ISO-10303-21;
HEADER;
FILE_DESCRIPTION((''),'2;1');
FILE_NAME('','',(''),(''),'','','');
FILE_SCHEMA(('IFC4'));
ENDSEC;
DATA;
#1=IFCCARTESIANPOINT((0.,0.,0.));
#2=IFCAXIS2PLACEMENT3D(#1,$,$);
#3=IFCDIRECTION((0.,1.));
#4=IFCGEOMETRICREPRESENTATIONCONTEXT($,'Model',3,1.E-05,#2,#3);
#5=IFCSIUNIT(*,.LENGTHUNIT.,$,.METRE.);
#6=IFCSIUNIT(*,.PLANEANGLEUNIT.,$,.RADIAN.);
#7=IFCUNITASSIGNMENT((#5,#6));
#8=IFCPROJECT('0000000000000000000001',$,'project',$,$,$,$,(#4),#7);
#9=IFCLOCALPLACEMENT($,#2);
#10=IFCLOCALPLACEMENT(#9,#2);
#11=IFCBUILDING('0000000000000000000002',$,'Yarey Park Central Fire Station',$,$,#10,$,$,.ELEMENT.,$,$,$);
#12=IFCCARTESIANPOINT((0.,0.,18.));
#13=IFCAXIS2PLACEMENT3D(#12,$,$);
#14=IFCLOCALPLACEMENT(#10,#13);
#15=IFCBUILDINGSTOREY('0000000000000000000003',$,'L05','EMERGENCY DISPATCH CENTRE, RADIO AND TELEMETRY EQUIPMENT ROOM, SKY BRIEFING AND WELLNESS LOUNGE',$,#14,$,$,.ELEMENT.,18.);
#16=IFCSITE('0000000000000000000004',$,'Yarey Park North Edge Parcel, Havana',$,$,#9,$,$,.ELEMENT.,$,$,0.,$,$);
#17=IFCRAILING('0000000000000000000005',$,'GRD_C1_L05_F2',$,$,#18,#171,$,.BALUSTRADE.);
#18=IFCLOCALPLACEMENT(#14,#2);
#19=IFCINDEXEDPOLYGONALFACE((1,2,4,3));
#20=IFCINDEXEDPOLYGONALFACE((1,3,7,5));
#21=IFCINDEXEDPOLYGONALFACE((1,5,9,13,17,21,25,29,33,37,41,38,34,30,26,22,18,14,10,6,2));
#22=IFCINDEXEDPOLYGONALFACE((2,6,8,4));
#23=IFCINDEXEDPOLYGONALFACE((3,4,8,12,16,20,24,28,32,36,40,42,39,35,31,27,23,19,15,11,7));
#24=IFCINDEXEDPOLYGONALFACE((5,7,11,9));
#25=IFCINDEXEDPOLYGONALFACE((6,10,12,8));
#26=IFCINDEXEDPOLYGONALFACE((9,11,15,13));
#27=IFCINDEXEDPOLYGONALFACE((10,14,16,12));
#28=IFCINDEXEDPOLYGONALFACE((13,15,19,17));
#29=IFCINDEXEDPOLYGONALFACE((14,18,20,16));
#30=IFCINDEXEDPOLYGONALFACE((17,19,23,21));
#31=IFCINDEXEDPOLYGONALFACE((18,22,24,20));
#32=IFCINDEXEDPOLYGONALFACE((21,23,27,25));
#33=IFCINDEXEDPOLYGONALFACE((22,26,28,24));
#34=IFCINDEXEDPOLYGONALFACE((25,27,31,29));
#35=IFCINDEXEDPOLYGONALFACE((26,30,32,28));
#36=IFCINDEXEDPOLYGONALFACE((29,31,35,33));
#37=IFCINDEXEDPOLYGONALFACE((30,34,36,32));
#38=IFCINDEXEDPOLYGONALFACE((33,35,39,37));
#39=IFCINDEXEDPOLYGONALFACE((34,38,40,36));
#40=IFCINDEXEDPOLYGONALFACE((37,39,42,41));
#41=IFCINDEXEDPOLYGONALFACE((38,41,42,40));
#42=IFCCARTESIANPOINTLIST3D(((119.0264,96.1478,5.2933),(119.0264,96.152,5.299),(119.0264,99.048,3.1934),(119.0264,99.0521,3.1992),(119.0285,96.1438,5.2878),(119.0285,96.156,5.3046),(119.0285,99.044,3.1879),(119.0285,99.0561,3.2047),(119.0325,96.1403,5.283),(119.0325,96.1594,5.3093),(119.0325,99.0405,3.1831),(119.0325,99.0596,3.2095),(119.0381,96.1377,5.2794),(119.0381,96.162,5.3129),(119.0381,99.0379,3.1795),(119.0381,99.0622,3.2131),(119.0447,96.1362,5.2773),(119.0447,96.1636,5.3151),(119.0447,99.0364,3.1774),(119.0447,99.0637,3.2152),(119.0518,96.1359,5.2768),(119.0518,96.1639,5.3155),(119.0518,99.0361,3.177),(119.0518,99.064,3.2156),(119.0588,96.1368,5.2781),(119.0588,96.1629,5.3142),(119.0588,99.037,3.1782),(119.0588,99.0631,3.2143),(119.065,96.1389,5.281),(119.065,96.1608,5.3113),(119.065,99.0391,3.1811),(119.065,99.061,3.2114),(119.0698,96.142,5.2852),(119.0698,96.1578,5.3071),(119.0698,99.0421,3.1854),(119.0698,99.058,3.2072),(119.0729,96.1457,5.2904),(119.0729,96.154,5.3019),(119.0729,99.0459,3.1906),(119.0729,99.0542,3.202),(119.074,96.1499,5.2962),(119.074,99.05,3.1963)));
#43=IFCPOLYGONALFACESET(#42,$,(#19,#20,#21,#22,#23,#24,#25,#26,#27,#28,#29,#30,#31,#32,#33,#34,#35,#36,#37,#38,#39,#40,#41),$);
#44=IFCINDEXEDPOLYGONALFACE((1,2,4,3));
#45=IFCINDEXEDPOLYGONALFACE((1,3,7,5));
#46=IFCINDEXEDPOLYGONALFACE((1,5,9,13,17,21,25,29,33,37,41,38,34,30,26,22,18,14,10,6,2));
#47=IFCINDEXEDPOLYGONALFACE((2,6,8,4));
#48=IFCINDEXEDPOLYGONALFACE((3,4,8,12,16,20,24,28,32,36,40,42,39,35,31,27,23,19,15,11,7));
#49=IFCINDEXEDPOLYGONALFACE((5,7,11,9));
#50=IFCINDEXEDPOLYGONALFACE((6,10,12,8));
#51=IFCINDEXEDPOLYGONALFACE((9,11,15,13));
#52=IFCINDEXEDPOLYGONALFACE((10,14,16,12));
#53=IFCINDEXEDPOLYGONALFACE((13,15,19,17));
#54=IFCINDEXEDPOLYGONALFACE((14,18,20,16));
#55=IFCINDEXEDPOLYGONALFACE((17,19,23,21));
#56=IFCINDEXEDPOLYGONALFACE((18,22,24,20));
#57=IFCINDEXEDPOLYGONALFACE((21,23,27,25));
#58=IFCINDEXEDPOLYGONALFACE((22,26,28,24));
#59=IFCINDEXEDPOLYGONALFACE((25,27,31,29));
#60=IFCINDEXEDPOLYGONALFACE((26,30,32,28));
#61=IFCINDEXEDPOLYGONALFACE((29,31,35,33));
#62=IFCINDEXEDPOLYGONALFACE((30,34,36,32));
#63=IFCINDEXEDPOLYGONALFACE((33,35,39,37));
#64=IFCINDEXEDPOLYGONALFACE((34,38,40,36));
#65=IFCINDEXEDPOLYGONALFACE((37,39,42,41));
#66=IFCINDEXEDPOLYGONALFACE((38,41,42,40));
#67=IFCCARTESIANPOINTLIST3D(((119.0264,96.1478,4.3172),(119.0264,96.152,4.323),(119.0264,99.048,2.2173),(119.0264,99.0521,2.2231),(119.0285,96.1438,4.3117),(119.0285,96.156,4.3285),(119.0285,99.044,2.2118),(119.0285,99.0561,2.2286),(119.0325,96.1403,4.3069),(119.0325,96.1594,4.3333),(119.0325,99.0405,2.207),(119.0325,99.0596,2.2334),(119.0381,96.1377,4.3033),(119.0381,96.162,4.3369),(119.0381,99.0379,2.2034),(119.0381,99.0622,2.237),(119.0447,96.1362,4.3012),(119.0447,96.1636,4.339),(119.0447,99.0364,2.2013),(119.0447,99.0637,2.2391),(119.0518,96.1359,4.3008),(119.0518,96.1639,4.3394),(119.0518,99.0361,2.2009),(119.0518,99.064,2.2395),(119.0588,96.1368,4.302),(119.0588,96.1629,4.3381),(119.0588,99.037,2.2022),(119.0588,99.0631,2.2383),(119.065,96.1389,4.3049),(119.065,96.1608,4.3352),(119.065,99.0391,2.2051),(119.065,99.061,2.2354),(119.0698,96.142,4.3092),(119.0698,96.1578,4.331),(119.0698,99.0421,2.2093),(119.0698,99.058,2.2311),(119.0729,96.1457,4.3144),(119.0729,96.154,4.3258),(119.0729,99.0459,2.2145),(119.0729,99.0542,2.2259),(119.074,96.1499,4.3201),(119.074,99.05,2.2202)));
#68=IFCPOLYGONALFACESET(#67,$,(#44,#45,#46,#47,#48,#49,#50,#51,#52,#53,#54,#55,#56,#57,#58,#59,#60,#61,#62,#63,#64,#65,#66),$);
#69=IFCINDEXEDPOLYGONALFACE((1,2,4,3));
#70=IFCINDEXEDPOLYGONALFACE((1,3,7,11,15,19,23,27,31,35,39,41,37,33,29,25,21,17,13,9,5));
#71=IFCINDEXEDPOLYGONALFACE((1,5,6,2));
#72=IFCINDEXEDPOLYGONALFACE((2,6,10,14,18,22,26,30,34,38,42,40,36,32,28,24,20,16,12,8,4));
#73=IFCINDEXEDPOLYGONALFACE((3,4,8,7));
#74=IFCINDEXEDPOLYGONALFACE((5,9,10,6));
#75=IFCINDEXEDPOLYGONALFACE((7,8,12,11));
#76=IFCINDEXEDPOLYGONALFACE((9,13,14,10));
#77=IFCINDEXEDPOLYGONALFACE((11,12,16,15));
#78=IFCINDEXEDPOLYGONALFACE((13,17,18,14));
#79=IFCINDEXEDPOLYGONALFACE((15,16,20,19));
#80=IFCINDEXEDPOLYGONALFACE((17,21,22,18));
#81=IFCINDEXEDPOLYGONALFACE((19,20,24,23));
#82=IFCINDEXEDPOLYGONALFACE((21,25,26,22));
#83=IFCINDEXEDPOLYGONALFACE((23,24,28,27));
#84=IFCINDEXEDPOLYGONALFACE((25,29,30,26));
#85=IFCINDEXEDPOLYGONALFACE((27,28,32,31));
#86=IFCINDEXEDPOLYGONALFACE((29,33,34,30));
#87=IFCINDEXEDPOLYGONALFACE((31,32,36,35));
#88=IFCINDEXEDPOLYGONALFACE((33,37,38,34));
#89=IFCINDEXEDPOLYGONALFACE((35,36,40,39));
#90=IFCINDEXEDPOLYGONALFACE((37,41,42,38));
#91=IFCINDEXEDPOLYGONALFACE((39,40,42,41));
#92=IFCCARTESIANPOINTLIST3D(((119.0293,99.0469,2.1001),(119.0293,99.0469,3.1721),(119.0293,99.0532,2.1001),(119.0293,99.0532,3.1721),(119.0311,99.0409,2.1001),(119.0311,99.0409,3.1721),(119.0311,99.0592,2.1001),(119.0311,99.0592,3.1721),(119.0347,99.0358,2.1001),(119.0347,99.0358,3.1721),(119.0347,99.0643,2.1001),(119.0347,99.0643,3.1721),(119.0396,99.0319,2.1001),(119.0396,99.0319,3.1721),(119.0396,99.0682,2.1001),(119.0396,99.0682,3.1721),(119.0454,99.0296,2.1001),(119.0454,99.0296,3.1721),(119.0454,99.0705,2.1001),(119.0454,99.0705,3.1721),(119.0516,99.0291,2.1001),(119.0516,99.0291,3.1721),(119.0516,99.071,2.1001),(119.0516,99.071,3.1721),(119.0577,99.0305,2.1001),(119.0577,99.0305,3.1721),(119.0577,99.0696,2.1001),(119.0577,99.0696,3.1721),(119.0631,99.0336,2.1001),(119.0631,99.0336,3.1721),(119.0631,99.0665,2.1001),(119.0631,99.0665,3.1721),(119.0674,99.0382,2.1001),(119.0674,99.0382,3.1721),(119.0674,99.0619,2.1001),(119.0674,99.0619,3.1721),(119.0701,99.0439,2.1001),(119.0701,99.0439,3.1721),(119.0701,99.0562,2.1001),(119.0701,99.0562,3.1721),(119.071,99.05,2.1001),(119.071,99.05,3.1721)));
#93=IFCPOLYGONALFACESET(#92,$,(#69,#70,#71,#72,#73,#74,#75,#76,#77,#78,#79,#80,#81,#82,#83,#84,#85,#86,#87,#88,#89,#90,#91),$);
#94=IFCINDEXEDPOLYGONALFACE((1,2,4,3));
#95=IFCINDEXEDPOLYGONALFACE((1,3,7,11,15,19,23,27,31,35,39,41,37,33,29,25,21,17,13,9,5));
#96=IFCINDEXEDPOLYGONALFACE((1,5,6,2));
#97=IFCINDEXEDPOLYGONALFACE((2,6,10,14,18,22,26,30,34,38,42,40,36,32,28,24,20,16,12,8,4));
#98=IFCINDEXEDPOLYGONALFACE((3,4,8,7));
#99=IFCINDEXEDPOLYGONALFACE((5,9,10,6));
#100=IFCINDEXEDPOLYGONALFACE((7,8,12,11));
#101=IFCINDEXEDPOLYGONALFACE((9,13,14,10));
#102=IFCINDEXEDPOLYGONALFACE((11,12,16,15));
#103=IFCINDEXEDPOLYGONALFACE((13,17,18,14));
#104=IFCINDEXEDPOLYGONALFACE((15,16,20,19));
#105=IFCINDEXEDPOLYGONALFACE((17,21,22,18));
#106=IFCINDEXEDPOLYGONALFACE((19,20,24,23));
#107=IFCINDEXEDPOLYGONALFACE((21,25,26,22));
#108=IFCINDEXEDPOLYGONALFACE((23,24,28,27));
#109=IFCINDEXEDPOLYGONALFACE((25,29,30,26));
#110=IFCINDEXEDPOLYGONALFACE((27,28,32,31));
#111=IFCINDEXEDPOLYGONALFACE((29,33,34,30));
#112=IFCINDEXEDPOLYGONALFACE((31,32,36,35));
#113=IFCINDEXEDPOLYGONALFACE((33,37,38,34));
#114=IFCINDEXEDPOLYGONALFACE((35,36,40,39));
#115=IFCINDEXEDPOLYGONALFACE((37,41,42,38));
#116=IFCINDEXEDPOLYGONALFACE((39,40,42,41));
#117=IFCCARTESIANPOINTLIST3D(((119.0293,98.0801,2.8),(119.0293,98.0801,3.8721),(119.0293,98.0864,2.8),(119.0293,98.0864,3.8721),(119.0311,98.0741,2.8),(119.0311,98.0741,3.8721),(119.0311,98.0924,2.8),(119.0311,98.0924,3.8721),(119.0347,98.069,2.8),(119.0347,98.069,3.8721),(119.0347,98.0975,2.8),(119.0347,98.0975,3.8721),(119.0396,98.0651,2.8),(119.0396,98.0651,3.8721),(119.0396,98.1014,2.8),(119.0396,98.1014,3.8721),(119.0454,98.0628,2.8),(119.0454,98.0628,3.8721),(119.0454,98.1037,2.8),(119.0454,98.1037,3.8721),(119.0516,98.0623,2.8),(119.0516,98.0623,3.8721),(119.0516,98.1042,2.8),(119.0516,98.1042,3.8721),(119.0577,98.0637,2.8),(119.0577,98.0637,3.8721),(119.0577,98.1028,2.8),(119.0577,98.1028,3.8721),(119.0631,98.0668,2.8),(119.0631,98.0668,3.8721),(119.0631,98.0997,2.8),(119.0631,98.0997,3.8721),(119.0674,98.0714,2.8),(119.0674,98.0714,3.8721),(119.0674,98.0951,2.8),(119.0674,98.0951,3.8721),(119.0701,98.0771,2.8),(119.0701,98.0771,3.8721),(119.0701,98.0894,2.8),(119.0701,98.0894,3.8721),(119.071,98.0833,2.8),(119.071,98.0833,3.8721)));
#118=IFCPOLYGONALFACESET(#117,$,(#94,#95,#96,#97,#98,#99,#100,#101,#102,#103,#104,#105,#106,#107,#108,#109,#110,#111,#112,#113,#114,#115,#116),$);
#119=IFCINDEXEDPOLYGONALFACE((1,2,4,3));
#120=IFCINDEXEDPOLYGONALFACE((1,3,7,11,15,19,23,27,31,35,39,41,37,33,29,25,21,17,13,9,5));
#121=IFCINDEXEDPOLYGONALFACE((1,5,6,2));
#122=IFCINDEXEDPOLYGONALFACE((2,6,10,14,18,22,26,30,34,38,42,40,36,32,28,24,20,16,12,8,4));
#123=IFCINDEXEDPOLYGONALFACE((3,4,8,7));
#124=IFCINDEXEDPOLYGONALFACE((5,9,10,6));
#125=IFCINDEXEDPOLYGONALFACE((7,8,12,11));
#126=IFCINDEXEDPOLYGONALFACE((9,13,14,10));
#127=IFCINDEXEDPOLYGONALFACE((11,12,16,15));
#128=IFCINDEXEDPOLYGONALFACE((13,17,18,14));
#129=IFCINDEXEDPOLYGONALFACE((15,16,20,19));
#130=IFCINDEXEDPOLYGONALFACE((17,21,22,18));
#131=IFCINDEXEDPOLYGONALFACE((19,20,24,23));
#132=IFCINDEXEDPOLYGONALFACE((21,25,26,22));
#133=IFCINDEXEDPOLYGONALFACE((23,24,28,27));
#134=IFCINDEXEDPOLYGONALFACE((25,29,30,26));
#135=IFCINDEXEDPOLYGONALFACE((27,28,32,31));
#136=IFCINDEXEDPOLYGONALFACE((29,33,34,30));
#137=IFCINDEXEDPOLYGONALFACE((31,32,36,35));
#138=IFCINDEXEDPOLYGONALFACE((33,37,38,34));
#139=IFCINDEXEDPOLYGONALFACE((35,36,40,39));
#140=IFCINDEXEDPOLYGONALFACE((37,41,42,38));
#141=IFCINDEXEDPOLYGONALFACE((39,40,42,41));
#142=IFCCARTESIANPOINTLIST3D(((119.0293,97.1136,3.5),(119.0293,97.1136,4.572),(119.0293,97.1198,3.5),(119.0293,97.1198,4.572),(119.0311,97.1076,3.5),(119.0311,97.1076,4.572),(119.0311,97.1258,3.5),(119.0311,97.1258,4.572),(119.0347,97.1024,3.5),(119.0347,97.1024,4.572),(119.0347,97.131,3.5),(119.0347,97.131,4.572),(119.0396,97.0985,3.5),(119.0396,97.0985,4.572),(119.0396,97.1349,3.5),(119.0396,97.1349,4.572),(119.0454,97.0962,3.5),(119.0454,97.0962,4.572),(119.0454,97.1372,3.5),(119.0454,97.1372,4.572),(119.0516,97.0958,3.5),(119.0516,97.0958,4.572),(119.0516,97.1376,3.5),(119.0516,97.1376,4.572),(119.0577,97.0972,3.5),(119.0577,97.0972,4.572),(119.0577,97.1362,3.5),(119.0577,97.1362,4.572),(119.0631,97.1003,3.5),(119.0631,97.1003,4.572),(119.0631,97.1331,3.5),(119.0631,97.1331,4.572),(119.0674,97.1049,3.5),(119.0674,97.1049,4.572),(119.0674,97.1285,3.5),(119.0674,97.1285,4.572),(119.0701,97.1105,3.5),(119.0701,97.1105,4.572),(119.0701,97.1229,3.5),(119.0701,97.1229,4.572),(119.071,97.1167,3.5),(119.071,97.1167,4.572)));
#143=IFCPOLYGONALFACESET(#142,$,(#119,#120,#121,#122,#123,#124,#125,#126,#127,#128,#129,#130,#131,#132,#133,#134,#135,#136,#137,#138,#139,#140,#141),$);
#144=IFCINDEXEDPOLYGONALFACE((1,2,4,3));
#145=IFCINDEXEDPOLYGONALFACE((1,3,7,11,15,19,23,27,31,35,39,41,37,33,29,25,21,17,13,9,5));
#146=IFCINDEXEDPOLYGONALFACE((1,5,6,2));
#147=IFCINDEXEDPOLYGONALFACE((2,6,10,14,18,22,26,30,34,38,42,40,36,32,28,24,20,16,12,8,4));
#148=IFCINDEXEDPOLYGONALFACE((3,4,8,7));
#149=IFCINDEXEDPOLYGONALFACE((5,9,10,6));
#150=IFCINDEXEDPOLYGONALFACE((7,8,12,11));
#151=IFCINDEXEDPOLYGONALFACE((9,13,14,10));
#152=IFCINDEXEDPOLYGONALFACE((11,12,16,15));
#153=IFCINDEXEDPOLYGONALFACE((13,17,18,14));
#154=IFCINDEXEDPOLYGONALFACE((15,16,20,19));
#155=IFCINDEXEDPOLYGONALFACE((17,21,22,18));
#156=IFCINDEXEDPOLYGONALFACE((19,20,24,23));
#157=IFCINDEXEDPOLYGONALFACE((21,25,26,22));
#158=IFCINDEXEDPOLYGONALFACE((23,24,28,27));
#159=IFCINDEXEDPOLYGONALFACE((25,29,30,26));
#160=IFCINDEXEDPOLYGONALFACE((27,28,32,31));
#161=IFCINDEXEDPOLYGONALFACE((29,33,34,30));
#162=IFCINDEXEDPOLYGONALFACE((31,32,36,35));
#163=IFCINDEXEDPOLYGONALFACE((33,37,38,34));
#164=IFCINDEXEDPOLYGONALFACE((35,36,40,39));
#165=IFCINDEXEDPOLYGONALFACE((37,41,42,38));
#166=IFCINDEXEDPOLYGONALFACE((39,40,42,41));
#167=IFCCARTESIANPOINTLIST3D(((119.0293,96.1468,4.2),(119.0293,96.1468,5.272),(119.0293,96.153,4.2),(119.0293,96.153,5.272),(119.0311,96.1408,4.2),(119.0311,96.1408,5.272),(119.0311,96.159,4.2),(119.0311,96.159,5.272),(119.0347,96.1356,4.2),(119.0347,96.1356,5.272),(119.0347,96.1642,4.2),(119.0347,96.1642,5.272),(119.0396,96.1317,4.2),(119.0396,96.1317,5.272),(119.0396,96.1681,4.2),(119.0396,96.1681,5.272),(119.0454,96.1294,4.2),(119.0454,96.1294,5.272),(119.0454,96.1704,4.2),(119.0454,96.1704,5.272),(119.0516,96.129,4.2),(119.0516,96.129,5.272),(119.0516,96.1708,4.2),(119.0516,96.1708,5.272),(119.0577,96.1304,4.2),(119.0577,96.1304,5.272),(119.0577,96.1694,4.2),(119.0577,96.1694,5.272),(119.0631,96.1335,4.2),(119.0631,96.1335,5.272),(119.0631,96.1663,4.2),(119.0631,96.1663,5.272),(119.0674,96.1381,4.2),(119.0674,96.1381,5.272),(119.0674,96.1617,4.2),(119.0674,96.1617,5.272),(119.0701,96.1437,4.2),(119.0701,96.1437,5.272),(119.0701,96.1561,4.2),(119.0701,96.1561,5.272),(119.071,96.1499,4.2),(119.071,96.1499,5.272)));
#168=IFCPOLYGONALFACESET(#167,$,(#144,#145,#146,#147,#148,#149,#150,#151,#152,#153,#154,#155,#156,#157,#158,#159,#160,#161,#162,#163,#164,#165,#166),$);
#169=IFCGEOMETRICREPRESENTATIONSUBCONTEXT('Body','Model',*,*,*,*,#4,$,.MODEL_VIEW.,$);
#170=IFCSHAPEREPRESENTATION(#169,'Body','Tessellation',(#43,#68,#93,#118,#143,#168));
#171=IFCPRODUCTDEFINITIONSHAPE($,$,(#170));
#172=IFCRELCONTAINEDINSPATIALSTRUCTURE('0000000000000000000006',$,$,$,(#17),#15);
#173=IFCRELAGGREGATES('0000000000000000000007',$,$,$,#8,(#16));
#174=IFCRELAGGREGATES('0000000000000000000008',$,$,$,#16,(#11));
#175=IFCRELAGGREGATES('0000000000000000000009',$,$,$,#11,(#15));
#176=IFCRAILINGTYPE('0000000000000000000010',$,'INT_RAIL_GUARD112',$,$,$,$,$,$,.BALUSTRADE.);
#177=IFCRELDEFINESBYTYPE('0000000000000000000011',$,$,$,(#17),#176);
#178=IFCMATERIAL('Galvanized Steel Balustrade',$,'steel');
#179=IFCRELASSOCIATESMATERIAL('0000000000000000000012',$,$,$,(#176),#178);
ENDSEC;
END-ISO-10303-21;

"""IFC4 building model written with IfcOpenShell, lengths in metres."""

from ifc_helpers import new_model, si_unit, direction, frame, origin, origin_2d, place, context, subcontext, project, spatial, circle, extrude, material, type_object, element, save


model = new_model("IFC4")

# Units and contexts
model_context = context("Model", 3, precision=1e-05, world=origin(), true_north=direction((0.0, 1.0)))
body_context = subcontext(model_context, "Body", "Model", "MODEL_VIEW")
ifc_project = project(units=[si_unit("LENGTHUNIT", "METRE"), si_unit("PLANEANGLEUNIT", "RADIAN")], contexts=[model_context])

# Site, building, storey
site_placement = place(None, origin())
site = spatial("IfcSite", under=ifc_project, at=site_placement, Name="Yarey Park North Edge Parcel, Havana", CompositionType="ELEMENT", RefElevation=0.0)
building_placement = place(site_placement, origin())
building = spatial("IfcBuilding", under=site, at=building_placement, Name="Yarey Park Central Fire Station", CompositionType="ELEMENT")
storey_placement = place(building_placement, frame((0.0, 0.0, 18.0)))
storey = spatial("IfcBuildingStorey", under=building, at=storey_placement, Name="L05", Description="EMERGENCY DISPATCH CENTRE, RADIO AND TELEMETRY EQUIPMENT ROOM, SKY BRIEFING AND WELLNESS LOUNGE", CompositionType="ELEMENT", Elevation=18.0)

# Railing
ifc_material_1 = material(Name="Galvanized Steel Balustrade", Category="steel")
railing_type_1 = type_object("IfcRailingType", Name="INT_RAIL_GUARD112", PredefinedType="BALUSTRADE", material=ifc_material_1)
railing_1_placement = place(storey_placement, frame((119.05, 99.05, 2.1001)))
element("IfcRailing", 1, at=railing_1_placement, inside=storey, type_object=railing_type_1, Name="GRD_C1_L05_F2", PredefinedType="BALUSTRADE", context=body_context, shape_type="SweptSolid", body=[
    extrude(circle(Radius=0.0239, at=origin_2d()), frame((0.0, 0.0, 1.0962), z_axis=(0.0, -0.809976, 0.586464), x_axis=(1.0, 0.0, 0.0)), (0.0, 0.0, 1.0), 3.5806),
    extrude(circle(Radius=0.0239, at=origin_2d()), frame((0.0, 0.0, 0.1201), z_axis=(0.0, -0.809976, 0.586464), x_axis=(1.0, 0.0, 0.0)), (0.0, 0.0, 1.0), 3.5806),
    extrude(circle(Radius=0.021, at=origin_2d()), origin(), (0.0, 0.0, 1.0), 1.072),
    extrude(circle(Radius=0.021, at=origin_2d()), frame((0.0, -0.9668, 0.7)), (0.0, 0.0, 1.0), 1.072),
    extrude(circle(Radius=0.021, at=origin_2d()), frame((0.0, -1.9333, 1.3999)), (0.0, 0.0, 1.0), 1.072),
    extrude(circle(Radius=0.021, at=origin_2d()), frame((0.0, -2.9001, 2.0999)), (0.0, 0.0, 1.0), 1.072),
])

save(model, "model.ifc")
